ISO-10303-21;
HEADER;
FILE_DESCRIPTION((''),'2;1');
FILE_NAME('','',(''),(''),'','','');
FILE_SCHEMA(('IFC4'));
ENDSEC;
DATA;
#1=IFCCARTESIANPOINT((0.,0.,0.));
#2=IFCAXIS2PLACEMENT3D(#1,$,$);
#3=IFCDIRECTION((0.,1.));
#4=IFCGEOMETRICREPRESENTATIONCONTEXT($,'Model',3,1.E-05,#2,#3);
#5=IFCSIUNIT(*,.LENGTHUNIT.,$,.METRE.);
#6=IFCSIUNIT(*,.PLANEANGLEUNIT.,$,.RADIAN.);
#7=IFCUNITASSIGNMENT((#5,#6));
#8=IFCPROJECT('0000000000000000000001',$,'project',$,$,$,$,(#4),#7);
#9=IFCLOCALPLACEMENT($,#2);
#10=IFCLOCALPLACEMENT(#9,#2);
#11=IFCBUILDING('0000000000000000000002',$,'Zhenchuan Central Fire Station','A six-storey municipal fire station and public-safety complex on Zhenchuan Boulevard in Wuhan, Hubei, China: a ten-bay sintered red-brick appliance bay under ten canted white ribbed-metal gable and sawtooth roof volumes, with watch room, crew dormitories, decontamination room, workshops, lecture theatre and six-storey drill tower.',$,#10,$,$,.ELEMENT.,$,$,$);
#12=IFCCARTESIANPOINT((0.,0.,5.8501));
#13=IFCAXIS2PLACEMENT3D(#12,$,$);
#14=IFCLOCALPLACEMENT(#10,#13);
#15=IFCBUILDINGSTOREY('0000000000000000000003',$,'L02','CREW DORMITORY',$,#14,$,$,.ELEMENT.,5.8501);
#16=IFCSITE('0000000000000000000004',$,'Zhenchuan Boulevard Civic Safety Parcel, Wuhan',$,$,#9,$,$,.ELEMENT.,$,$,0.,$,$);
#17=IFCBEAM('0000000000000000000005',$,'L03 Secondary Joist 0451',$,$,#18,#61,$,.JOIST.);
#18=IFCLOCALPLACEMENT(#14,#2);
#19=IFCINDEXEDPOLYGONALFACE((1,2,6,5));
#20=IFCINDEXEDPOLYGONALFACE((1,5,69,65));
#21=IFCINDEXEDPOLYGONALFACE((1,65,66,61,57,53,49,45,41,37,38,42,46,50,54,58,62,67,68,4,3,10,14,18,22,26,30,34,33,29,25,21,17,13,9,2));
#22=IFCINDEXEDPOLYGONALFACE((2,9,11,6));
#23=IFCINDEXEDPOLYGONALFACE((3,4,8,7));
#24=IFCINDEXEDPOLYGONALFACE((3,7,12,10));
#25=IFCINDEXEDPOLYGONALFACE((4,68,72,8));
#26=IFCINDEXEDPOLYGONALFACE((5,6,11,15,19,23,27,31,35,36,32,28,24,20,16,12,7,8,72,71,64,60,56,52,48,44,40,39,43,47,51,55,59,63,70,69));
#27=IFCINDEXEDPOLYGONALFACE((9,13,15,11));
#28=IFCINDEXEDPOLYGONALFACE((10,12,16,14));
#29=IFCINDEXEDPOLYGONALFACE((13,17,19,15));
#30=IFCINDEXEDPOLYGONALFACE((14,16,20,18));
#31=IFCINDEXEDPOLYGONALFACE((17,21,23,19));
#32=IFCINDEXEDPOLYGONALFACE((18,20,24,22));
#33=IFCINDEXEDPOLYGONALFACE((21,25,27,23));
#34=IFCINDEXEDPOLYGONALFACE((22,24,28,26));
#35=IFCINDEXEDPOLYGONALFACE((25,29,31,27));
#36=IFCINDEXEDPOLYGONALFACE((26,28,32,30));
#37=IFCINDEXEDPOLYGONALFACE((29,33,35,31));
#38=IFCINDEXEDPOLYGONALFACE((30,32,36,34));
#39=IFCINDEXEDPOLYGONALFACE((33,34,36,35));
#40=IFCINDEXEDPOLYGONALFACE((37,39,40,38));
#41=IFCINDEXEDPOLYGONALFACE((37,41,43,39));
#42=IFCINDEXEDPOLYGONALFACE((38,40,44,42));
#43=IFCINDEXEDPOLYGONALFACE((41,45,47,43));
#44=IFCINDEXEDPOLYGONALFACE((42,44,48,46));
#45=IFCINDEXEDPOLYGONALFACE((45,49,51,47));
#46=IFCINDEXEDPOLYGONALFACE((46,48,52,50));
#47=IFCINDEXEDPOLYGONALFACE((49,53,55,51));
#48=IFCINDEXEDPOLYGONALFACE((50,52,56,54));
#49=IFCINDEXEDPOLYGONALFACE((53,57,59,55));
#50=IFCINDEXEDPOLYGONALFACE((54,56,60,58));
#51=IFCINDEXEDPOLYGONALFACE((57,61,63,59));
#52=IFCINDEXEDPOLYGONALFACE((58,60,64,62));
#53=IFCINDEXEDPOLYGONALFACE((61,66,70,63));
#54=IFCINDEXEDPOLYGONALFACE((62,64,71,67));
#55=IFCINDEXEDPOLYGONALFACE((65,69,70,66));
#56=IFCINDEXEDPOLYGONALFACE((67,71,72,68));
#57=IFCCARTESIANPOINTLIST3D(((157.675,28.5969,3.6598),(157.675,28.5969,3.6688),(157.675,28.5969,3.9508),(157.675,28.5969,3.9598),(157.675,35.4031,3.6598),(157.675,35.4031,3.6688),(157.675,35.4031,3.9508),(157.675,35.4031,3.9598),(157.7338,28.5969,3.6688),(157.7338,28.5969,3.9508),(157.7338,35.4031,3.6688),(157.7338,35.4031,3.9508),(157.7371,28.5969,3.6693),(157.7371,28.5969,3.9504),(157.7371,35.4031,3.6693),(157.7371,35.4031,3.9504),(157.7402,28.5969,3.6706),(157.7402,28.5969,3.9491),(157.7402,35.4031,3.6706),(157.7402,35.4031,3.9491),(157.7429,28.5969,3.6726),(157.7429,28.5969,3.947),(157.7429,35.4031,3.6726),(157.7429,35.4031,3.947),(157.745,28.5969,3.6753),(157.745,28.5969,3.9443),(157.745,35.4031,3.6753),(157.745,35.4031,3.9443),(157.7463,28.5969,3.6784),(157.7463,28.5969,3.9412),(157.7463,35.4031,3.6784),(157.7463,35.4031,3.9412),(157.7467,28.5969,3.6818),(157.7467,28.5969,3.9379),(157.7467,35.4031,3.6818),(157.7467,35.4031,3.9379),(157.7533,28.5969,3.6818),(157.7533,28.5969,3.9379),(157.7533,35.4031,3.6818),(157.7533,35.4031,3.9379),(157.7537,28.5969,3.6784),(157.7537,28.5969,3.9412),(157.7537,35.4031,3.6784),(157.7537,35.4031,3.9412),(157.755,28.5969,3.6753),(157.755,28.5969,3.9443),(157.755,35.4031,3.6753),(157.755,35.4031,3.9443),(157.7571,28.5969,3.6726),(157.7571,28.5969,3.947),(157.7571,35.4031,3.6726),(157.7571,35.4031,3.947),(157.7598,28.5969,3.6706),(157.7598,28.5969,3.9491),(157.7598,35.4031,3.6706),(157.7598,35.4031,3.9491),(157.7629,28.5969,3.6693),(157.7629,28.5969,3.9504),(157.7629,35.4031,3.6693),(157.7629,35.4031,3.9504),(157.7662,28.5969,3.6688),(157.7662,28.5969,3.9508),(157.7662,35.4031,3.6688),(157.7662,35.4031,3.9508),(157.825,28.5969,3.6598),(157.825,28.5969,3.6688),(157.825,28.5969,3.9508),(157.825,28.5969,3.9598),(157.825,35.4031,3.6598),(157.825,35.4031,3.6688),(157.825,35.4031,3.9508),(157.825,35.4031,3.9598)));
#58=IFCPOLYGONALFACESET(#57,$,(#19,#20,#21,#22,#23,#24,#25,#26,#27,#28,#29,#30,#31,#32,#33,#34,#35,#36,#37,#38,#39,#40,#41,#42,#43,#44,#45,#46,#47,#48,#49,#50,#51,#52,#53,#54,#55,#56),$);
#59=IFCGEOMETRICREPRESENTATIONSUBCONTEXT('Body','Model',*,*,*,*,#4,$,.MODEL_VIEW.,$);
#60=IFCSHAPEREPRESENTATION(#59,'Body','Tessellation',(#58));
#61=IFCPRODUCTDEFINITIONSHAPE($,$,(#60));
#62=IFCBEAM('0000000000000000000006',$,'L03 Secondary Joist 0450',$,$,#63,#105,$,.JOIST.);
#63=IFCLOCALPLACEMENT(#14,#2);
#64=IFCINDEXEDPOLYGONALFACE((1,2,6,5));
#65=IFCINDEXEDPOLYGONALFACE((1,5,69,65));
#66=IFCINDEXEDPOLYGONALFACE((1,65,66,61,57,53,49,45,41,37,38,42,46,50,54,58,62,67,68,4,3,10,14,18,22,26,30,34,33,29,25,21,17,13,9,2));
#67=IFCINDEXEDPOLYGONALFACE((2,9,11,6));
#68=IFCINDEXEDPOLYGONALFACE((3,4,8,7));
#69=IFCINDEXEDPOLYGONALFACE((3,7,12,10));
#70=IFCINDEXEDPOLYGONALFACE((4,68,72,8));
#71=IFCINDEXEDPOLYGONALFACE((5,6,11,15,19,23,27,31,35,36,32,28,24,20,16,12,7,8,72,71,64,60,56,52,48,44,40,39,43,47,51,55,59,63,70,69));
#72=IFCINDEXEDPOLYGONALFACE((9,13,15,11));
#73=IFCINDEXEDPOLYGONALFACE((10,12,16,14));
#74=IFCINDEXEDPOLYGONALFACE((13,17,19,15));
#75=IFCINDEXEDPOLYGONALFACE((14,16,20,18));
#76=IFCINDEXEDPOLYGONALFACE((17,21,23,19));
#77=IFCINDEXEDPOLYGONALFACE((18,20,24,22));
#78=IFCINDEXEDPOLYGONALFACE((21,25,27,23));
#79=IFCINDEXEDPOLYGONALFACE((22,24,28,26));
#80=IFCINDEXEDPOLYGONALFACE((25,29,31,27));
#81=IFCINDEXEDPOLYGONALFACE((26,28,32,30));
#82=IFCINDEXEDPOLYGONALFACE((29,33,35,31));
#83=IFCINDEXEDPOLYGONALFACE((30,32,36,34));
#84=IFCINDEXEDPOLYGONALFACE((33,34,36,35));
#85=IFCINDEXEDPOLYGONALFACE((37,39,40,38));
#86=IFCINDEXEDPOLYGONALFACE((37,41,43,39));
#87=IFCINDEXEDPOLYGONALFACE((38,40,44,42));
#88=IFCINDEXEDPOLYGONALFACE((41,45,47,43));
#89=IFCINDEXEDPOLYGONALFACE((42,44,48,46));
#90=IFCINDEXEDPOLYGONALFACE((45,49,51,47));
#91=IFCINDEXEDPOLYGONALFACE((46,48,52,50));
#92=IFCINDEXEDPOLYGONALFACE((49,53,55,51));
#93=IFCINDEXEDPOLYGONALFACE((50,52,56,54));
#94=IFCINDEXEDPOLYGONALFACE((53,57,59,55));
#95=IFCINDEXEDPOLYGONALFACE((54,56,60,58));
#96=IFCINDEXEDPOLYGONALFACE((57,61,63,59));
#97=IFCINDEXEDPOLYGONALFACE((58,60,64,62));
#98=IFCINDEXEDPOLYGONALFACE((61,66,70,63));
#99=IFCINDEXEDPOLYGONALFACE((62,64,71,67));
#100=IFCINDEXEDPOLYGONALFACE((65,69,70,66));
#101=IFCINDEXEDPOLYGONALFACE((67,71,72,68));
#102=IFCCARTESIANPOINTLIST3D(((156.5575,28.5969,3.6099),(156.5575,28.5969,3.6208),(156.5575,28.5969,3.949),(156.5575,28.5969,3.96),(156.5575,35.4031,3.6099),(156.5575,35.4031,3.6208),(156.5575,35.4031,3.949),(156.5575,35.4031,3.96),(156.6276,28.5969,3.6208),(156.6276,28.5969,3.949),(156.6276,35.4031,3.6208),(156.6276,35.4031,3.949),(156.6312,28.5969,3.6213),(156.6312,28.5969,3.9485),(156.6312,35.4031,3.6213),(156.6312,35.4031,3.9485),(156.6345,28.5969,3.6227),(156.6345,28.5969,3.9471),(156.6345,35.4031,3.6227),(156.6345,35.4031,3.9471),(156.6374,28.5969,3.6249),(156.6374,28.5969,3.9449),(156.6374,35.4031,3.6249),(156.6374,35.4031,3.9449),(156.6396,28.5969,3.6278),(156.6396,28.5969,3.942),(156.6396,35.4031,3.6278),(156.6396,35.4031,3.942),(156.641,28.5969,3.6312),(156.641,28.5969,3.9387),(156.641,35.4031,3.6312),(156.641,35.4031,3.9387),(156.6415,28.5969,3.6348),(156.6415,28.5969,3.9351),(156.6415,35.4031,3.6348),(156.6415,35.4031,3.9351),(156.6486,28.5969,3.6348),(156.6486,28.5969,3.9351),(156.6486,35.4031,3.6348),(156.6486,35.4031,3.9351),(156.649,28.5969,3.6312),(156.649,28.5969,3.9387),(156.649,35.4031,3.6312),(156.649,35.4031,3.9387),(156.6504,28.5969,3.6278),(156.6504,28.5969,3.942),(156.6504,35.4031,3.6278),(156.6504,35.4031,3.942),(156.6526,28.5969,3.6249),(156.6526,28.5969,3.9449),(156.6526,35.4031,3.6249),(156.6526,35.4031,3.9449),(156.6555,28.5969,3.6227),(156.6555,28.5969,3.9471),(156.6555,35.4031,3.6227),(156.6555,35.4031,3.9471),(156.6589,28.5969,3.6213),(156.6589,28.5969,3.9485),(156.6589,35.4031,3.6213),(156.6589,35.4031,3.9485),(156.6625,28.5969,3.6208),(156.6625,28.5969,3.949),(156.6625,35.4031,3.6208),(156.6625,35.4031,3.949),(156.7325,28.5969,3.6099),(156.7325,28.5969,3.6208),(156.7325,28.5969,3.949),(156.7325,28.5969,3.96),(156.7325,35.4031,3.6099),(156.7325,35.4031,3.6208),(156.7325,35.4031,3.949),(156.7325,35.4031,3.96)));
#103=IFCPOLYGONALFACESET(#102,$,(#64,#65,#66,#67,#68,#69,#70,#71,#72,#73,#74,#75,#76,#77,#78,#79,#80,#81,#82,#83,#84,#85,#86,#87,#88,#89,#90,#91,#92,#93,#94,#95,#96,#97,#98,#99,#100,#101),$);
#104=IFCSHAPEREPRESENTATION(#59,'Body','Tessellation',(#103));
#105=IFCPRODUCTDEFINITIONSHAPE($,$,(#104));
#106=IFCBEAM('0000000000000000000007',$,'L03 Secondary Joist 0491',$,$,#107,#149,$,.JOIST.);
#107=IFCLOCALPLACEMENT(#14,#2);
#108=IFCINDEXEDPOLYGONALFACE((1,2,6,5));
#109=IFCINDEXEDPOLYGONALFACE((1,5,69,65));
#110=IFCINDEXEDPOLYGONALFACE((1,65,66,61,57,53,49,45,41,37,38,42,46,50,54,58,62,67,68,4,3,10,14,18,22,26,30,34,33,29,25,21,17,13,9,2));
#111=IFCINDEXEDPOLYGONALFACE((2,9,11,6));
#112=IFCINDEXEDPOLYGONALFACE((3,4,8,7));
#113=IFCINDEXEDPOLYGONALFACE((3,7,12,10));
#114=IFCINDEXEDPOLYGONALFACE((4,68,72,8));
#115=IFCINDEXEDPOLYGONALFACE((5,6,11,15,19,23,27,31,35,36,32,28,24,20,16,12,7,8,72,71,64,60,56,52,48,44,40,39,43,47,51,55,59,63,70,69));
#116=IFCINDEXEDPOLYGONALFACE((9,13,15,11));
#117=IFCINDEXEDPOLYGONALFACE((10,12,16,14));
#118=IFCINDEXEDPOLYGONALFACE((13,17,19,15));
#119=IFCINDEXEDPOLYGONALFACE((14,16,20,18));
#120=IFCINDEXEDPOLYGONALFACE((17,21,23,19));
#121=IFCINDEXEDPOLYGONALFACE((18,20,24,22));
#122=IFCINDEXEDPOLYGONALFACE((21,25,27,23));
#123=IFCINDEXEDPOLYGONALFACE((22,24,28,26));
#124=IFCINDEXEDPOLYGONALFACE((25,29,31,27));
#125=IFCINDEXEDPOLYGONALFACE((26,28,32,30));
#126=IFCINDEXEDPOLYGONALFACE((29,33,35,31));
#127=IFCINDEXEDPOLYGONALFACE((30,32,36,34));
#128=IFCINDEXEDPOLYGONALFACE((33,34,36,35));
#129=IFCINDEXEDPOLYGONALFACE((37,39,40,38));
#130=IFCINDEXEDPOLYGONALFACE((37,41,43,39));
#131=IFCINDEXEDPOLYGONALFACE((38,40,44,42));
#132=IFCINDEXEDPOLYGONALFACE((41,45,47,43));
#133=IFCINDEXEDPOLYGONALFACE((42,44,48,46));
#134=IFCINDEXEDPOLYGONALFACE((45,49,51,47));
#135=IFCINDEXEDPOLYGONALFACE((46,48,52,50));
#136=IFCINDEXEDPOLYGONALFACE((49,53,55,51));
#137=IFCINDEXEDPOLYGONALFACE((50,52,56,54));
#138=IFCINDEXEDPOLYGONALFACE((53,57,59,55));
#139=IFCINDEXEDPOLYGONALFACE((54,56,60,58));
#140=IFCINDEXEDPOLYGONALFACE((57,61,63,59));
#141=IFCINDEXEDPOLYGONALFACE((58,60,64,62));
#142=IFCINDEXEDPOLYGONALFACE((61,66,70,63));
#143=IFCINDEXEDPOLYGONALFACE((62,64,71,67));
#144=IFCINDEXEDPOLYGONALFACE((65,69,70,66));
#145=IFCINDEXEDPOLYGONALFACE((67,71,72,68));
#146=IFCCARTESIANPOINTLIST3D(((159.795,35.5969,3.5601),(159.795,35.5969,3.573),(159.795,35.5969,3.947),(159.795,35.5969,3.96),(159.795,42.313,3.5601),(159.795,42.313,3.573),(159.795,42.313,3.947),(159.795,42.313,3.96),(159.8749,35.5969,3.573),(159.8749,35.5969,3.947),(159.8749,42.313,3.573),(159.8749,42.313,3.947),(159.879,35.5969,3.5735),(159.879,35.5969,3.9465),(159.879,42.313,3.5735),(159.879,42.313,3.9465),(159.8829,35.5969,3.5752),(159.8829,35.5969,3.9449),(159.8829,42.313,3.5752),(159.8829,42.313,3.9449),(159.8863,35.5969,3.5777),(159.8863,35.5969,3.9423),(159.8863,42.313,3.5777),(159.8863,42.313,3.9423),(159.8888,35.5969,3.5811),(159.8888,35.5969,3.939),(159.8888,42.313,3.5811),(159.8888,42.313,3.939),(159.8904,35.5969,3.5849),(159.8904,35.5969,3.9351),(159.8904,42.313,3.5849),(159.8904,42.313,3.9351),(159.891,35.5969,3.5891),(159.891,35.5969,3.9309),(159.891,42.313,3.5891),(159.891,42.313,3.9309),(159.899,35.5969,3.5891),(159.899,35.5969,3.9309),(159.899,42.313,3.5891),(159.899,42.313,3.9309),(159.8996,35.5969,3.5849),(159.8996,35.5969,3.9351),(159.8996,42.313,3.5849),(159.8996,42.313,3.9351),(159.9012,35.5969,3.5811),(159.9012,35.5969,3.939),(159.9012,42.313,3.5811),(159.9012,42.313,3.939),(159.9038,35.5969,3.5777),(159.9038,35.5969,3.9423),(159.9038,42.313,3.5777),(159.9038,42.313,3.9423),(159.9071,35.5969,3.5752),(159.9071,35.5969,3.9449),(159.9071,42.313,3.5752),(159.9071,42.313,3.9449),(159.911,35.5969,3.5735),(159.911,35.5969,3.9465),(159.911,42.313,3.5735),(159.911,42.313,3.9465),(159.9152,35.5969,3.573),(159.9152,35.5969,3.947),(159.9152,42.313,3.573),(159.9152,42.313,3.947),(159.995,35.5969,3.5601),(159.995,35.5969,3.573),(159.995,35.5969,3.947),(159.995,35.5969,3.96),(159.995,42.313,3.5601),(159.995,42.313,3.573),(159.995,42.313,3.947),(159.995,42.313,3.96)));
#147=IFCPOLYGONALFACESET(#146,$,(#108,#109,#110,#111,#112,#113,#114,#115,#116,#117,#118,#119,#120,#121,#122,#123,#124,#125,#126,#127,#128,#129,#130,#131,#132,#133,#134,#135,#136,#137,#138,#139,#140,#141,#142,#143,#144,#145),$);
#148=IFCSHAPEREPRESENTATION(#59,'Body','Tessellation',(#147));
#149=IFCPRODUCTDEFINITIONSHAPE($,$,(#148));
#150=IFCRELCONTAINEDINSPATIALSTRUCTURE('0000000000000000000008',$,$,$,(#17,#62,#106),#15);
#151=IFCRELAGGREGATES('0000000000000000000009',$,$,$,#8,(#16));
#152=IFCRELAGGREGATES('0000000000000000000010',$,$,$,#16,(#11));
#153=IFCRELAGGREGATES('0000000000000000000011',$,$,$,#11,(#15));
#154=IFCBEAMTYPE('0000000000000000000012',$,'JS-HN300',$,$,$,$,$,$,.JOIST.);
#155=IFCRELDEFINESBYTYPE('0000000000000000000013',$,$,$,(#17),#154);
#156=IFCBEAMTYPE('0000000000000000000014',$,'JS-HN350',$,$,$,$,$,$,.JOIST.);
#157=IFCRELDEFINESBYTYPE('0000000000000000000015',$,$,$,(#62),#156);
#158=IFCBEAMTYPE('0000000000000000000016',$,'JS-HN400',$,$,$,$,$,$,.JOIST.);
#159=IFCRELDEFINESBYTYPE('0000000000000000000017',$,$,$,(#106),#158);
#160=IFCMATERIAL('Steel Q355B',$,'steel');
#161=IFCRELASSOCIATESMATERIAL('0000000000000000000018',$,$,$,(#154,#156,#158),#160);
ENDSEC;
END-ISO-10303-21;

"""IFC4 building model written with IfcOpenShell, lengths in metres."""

from ifc_helpers import new_model, si_unit, direction, frame, origin, origin_2d, place, context, subcontext, project, spatial, i_section, extrude, material, material_profile, profile_set, type_object, element, save


model = new_model("IFC4")

# Units and contexts
model_context = context("Model", 3, precision=1e-05, world=origin(), true_north=direction((0.0, 1.0)))
body_context = subcontext(model_context, "Body", "Model", "MODEL_VIEW")
ifc_project = project(units=[si_unit("LENGTHUNIT", "METRE"), si_unit("PLANEANGLEUNIT", "RADIAN")], contexts=[model_context])

# Site, building, storey
site_placement = place(None, origin())
site = spatial("IfcSite", under=ifc_project, at=site_placement, Name="Zhenchuan Boulevard Civic Safety Parcel, Wuhan", CompositionType="ELEMENT", RefElevation=0.0)
building_placement = place(site_placement, origin())
building = spatial("IfcBuilding", under=site, at=building_placement, Name="Zhenchuan Central Fire Station", Description="A six-storey municipal fire station and public-safety complex on Zhenchuan Boulevard in Wuhan, Hubei, China: a ten-bay sintered red-brick appliance bay under ten canted white ribbed-metal gable and sawtooth roof volumes, with watch room, crew dormitories, decontamination room, workshops, lecture theatre and six-storey drill tower.", CompositionType="ELEMENT")
storey_placement = place(building_placement, frame((0.0, 0.0, 5.8501)))
storey = spatial("IfcBuildingStorey", under=building, at=storey_placement, Name="L02", Description="CREW DORMITORY", CompositionType="ELEMENT", Elevation=5.8501)

# Beams
ifc_material_1 = material(Name="Steel Q355B", Category="steel")
ifc_material_profile_1 = material_profile(ifc_material_1, i_section(OverallWidth=0.1499, OverallDepth=0.3, WebThickness=0.0066, FlangeThickness=0.009, FilletRadius=0.0129, at=origin_2d()), Name="HN 300x150")
ifc_profile_set_1 = profile_set([ifc_material_profile_1], Name="Steel Q355B")
beam_type_1 = type_object("IfcBeamType", Name="JS-HN300", PredefinedType="JOIST", material=ifc_profile_set_1)
beam_1_placement = place(storey_placement, frame((157.75, 28.5969, 3.8098), z_axis=(0.0, 1.0, 0.0), x_axis=(-1.0, 0.0, 0.0)))
element("IfcBeam", 1, at=beam_1_placement, inside=storey, type_object=beam_type_1, Name="L03 Secondary Joist 0451", PredefinedType="JOIST", context=body_context, shape_type="SweptSolid", body=[
    extrude(i_section(OverallWidth=0.1499, OverallDepth=0.3, WebThickness=0.0066, FlangeThickness=0.009, FilletRadius=0.0129, at=origin_2d()), origin(), (0.0, 0.0, 1.0), 6.8062),
])
ifc_material_profile_2 = material_profile(ifc_material_1, i_section(OverallWidth=0.175, OverallDepth=0.3501, WebThickness=0.0071, FlangeThickness=0.011, FilletRadius=0.0139, at=origin_2d()), Name="HN 350x175")
ifc_profile_set_2 = profile_set([ifc_material_profile_2], Name="Steel Q355B")
beam_type_2 = type_object("IfcBeamType", Name="JS-HN350", PredefinedType="JOIST", material=ifc_profile_set_2)
beam_2_placement = place(storey_placement, frame((156.645, 28.5969, 3.7849), z_axis=(0.0, 1.0, 0.0), x_axis=(-1.0, 0.0, 0.0)))
element("IfcBeam", 2, at=beam_2_placement, inside=storey, type_object=beam_type_2, Name="L03 Secondary Joist 0450", PredefinedType="JOIST", context=body_context, shape_type="SweptSolid", body=[
    extrude(i_section(OverallWidth=0.175, OverallDepth=0.3501, WebThickness=0.0071, FlangeThickness=0.011, FilletRadius=0.0139, at=origin_2d()), origin(), (0.0, 0.0, 1.0), 6.8062),
])
ifc_material_profile_3 = material_profile(ifc_material_1, i_section(OverallWidth=0.2, OverallDepth=0.3999, WebThickness=0.0081, FlangeThickness=0.0129, FilletRadius=0.0161, at=origin_2d()), Name="HN 400x200")
ifc_profile_set_3 = profile_set([ifc_material_profile_3], Name="Steel Q355B")
beam_type_3 = type_object("IfcBeamType", Name="JS-HN400", PredefinedType="JOIST", material=ifc_profile_set_3)
beam_3_placement = place(storey_placement, frame((159.895, 35.5969, 3.76), z_axis=(0.0, 1.0, 0.0), x_axis=(-1.0, 0.0, 0.0)))
element("IfcBeam", 3, at=beam_3_placement, inside=storey, type_object=beam_type_3, Name="L03 Secondary Joist 0491", PredefinedType="JOIST", context=body_context, shape_type="SweptSolid", body=[
    extrude(i_section(OverallWidth=0.2, OverallDepth=0.3999, WebThickness=0.0081, FlangeThickness=0.0129, FilletRadius=0.0161, at=origin_2d()), origin(), (0.0, 0.0, 1.0), 6.7161),
])

save(model, "model.ifc")
